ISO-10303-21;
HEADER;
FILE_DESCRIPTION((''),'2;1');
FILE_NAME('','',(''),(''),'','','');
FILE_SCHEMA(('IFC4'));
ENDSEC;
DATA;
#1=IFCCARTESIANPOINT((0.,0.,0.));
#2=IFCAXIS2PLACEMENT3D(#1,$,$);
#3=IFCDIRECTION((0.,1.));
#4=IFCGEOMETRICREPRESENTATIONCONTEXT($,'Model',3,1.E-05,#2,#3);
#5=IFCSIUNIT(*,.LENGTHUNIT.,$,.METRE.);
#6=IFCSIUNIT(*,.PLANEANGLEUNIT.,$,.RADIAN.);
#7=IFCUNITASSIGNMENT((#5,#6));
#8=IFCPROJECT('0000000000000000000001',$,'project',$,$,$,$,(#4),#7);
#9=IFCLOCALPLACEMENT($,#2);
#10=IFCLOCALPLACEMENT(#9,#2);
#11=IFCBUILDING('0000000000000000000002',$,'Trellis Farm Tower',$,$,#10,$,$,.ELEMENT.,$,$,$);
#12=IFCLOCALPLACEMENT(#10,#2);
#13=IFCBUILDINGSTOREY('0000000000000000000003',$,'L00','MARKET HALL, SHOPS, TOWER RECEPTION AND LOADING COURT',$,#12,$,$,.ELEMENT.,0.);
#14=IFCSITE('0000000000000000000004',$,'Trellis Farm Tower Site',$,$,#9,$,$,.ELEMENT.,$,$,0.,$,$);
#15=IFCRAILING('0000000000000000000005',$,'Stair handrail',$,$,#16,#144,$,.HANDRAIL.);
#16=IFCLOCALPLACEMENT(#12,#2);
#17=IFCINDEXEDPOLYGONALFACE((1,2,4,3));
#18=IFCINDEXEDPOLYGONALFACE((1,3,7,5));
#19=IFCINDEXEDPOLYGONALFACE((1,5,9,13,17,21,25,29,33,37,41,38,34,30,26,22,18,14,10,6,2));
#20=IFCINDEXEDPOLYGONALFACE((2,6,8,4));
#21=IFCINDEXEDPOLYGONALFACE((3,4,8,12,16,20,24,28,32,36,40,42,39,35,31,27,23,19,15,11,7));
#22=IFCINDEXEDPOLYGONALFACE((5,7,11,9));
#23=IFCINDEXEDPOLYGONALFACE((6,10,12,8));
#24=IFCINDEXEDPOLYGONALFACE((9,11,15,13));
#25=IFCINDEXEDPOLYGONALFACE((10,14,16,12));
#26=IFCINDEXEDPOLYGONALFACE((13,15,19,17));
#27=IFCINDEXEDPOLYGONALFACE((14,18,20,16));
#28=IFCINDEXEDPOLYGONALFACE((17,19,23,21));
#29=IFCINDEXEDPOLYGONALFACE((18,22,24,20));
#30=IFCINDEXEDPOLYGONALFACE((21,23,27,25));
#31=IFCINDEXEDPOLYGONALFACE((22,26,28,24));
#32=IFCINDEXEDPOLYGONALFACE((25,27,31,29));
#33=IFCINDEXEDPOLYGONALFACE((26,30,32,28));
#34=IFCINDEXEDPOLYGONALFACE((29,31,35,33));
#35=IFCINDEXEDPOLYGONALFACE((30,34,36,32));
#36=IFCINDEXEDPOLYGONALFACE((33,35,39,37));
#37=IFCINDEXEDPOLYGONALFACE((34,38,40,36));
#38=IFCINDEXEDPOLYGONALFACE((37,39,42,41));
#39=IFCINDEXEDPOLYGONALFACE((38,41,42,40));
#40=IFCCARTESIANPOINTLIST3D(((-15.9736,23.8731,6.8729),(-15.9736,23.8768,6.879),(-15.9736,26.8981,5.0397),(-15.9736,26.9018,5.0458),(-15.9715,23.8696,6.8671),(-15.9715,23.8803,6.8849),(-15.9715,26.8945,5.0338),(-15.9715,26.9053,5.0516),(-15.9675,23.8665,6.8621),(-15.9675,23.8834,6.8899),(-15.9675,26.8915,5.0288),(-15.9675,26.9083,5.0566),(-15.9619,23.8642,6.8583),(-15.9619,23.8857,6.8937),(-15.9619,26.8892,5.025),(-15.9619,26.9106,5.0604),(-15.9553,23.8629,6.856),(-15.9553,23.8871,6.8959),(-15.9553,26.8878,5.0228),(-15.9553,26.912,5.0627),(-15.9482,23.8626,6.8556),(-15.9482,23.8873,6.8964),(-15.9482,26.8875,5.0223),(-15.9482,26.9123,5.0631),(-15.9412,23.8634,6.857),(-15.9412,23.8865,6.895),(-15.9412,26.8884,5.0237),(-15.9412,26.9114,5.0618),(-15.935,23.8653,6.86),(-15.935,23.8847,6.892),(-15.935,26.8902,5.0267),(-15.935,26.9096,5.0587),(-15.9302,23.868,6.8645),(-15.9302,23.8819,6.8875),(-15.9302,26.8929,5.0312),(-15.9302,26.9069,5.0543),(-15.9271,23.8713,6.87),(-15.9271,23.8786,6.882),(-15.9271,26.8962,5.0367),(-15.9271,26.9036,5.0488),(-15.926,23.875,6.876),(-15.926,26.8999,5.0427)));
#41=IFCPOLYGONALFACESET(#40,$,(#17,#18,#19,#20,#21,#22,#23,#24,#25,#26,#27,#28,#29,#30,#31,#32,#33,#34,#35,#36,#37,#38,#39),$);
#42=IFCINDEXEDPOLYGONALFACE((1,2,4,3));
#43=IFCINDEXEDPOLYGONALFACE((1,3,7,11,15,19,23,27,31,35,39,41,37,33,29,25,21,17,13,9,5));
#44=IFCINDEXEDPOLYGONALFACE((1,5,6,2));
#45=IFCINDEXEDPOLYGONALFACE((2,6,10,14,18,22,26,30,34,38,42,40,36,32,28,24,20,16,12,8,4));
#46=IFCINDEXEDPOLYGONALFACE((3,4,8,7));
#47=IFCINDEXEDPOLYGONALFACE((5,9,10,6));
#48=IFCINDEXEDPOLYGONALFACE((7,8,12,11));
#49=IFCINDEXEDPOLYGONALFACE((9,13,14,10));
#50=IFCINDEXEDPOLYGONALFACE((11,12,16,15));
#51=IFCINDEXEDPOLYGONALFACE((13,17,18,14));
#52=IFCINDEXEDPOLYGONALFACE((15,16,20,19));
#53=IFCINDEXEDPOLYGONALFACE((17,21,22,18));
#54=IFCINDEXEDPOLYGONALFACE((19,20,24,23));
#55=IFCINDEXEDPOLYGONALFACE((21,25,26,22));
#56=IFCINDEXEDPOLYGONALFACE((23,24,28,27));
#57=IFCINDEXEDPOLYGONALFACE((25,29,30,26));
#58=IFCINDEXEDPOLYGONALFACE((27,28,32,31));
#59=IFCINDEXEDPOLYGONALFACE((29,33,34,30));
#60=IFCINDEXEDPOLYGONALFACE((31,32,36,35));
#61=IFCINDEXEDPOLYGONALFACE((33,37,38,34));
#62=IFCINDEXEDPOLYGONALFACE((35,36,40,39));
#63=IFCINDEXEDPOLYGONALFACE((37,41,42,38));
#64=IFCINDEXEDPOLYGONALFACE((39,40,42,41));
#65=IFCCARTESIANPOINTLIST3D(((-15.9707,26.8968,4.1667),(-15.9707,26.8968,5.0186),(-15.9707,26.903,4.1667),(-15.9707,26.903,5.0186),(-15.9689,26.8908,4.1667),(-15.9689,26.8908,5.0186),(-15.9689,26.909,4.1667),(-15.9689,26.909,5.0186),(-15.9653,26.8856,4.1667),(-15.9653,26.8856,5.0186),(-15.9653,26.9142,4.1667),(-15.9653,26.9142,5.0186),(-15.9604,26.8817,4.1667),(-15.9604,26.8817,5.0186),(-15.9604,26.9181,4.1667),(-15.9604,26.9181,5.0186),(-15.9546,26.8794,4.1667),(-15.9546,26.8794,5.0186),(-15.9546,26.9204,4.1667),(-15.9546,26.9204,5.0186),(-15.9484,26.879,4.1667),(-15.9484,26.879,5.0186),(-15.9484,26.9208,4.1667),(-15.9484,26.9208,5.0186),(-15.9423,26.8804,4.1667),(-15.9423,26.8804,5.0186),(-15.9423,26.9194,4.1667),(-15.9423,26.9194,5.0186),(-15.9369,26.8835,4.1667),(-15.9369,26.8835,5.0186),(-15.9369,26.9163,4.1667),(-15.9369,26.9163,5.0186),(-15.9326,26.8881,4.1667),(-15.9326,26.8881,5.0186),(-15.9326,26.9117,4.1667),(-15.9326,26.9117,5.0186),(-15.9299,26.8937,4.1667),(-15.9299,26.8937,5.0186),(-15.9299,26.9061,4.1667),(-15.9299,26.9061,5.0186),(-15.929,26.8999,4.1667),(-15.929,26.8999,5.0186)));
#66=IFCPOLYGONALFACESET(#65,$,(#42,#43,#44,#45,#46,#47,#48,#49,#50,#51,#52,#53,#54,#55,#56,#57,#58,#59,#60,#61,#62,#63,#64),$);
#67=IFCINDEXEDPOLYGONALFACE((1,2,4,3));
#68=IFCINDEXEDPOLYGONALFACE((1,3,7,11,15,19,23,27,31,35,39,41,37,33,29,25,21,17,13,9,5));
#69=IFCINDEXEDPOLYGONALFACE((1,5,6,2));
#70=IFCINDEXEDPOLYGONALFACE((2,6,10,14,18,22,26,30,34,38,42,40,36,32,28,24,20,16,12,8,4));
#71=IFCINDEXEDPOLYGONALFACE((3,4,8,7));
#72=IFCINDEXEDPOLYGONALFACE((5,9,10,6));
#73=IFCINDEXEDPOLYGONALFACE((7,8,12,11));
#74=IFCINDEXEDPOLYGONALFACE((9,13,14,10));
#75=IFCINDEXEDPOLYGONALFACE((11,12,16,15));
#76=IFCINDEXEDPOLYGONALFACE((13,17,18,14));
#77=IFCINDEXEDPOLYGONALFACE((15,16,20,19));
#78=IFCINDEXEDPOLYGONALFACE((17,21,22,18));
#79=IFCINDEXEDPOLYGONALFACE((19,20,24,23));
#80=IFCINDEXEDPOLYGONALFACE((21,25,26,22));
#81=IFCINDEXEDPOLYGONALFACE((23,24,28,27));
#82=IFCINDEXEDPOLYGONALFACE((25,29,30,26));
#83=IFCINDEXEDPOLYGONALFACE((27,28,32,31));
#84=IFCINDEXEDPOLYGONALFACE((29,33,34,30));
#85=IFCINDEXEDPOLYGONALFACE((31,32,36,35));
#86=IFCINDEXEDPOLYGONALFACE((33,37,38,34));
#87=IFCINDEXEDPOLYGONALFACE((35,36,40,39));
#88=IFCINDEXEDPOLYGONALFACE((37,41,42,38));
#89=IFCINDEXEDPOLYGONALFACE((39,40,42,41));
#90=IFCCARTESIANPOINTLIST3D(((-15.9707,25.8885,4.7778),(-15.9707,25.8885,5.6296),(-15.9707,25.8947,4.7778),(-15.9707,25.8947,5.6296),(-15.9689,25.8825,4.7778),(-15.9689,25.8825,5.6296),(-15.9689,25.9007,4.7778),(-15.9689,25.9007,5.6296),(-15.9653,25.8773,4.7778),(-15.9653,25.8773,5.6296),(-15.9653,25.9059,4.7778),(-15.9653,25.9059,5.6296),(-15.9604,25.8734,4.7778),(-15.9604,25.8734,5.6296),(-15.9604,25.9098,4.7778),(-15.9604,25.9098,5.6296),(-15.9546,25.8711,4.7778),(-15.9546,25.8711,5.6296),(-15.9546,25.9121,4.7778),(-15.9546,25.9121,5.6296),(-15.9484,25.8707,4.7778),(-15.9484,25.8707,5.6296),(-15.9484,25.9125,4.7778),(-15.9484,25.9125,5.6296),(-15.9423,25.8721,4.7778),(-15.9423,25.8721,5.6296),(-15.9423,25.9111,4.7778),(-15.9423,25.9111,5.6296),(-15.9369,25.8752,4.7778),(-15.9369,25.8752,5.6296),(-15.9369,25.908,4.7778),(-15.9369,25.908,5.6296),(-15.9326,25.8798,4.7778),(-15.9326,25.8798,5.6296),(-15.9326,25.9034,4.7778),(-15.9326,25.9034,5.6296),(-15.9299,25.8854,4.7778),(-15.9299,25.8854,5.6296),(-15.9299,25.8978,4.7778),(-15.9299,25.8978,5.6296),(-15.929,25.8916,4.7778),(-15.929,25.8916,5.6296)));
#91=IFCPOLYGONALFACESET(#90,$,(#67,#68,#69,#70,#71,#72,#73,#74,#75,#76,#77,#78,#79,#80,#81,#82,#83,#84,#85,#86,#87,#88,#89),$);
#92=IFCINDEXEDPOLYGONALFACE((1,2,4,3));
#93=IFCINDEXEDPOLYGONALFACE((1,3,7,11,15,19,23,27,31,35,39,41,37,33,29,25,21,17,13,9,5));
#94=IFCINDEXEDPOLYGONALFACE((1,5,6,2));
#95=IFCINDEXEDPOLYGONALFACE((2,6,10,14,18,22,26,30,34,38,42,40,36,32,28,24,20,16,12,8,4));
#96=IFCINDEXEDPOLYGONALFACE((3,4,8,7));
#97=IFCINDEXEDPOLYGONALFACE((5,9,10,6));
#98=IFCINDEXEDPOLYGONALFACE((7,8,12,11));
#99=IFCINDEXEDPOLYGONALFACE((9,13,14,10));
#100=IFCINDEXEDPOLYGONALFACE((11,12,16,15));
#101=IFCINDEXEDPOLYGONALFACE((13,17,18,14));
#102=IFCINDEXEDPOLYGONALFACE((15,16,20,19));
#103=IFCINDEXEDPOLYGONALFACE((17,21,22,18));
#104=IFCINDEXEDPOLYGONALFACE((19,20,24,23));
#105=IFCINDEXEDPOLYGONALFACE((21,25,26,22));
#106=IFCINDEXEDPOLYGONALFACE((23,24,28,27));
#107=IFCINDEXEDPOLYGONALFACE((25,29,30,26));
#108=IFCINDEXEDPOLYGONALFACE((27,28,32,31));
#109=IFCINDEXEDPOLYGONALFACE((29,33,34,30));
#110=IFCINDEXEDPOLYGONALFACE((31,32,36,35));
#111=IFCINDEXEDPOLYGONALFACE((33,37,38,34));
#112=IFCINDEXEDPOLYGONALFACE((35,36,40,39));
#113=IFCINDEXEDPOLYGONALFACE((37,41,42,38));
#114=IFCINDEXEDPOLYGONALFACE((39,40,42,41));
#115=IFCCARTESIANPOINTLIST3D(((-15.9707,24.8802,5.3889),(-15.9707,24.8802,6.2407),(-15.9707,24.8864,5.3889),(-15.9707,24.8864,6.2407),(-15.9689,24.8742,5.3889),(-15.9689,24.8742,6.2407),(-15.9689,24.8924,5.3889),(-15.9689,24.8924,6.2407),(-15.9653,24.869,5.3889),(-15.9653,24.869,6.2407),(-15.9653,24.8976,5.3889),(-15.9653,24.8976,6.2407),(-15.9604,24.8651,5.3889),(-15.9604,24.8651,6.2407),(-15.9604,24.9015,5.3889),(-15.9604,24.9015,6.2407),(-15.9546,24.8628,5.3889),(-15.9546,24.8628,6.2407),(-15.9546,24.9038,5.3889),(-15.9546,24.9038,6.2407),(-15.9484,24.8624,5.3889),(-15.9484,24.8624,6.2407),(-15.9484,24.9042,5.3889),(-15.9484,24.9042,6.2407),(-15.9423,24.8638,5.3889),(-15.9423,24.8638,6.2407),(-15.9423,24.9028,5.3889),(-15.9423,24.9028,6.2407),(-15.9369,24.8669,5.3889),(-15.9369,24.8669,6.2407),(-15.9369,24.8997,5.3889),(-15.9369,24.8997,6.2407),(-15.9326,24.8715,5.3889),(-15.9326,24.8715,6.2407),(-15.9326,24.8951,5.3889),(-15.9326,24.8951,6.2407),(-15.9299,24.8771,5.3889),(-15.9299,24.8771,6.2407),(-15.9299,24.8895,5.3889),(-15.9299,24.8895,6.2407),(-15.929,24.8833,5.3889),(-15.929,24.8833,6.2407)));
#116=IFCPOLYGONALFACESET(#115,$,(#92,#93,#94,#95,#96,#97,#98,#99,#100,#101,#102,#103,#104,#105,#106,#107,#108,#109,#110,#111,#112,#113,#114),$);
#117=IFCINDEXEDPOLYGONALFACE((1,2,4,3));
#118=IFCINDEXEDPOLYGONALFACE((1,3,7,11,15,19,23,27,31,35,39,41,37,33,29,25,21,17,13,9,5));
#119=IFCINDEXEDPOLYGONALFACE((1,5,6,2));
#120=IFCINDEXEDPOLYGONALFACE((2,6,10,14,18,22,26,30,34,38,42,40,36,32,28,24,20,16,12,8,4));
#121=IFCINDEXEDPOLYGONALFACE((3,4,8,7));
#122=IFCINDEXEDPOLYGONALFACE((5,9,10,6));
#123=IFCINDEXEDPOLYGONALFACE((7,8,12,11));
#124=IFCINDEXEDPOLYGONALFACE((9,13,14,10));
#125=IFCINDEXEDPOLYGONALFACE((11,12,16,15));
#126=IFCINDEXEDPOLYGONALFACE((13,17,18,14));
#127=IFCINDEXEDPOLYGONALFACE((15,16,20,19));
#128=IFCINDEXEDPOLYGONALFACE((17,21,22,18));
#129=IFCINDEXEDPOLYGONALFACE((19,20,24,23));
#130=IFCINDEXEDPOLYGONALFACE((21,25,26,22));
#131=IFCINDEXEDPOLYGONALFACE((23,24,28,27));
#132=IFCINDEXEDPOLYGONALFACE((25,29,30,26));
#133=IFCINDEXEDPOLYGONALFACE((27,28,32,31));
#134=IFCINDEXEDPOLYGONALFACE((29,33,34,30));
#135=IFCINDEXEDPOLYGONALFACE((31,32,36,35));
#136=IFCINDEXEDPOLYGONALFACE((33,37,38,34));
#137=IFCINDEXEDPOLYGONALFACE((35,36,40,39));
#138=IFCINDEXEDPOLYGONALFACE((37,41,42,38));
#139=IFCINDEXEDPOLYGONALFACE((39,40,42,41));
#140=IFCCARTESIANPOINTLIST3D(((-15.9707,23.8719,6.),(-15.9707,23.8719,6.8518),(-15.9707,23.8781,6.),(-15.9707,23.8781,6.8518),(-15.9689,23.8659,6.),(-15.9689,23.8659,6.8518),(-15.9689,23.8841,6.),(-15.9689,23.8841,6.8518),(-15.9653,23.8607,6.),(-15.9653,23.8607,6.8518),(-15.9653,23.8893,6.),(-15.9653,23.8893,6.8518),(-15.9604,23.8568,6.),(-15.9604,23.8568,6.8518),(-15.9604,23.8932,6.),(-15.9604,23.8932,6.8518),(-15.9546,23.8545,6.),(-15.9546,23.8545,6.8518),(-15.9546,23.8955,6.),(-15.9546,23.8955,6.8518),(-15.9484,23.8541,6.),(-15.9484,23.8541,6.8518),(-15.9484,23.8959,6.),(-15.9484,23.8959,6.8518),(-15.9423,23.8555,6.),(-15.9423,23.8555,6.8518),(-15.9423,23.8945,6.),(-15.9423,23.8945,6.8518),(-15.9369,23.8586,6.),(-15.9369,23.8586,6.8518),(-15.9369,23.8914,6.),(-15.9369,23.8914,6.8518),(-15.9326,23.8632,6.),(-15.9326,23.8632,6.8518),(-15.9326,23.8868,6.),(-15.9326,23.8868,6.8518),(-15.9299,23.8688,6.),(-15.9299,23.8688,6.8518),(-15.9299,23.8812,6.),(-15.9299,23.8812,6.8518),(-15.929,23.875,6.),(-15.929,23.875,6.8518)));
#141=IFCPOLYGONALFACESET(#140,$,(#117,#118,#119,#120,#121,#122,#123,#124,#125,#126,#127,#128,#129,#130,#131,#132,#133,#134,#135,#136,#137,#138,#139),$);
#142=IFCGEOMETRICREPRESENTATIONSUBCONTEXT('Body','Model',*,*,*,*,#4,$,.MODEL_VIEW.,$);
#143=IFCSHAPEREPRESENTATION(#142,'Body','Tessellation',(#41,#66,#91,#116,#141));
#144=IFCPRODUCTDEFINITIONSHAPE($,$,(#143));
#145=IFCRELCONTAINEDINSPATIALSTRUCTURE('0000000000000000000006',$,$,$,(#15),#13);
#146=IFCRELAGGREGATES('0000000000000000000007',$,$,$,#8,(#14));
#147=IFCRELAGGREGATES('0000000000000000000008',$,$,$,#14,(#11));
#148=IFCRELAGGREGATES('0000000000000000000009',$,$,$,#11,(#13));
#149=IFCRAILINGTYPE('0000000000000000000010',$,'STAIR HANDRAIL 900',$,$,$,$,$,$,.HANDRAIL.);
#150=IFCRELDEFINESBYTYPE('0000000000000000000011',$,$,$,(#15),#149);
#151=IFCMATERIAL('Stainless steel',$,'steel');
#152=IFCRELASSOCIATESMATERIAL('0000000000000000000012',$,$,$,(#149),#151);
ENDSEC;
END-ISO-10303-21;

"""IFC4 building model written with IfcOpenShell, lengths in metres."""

from ifc_helpers import new_model, si_unit, direction, frame, origin, origin_2d, place, context, subcontext, project, spatial, circle, extrude, source, transform, mapped, material, type_object, element, save


model = new_model("IFC4")

# Units and contexts
model_context = context("Model", 3, precision=1e-05, world=origin(), true_north=direction((0.0, 1.0)))
body_context = subcontext(model_context, "Body", "Model", "MODEL_VIEW")
ifc_project = project(units=[si_unit("LENGTHUNIT", "METRE"), si_unit("PLANEANGLEUNIT", "RADIAN")], contexts=[model_context])

# Site, building, storey
site_placement = place(None, origin())
site = spatial("IfcSite", under=ifc_project, at=site_placement, Name="Trellis Farm Tower Site", CompositionType="ELEMENT", RefElevation=0.0)
building_placement = place(site_placement, origin())
building = spatial("IfcBuilding", under=site, at=building_placement, Name="Trellis Farm Tower", CompositionType="ELEMENT")
storey_placement = place(building_placement, origin())
storey = spatial("IfcBuildingStorey", under=building, at=storey_placement, Name="L00", Description="MARKET HALL, SHOPS, TOWER RECEPTION AND LOADING COURT", CompositionType="ELEMENT", Elevation=0.0)

# Railing
ifc_material_1 = material(Name="Stainless steel", Category="steel")
railing_type = type_object("IfcRailingType", Name="STAIR HANDRAIL 900", PredefinedType="HANDRAIL", material=ifc_material_1)
shared_shape_1 = source(origin(), body_context, "Body", "SweptSolid", [
    extrude(circle(Radius=0.0239, at=origin_2d()), frame((0.0, 0.0, 0.876), z_axis=(0.0, -0.855201, 0.518297), x_axis=(1.0, 0.0, 0.0)), (0.0, 0.0, 1.0), 3.5371),
    extrude(circle(Radius=0.021, at=origin_2d()), origin(), (0.0, 0.0, 1.0), 0.8518),
    extrude(circle(Radius=0.021, at=origin_2d()), frame((0.0, -1.0083, 0.6111)), (0.0, 0.0, 1.0), 0.8518),
    extrude(circle(Radius=0.021, at=origin_2d()), frame((0.0, -2.0166, 1.2222)), (0.0, 0.0, 1.0), 0.8518),
    extrude(circle(Radius=0.021, at=origin_2d()), frame((0.0, -3.0249, 1.8333)), (0.0, 0.0, 1.0), 0.8518),
])
for number, where, name in (
    (1, (-15.95, 26.8999, 4.1667), "Stair handrail"),
):
    element("IfcRailing", number, at=place(storey_placement, frame(where)), inside=storey, type_object=railing_type, Name=name, PredefinedType="HANDRAIL", context=body_context, shape_type="MappedRepresentation", body=[
        mapped(shared_shape_1, transform((0.0, 0.0, 0.0))),
    ])

save(model, "model.ifc")
